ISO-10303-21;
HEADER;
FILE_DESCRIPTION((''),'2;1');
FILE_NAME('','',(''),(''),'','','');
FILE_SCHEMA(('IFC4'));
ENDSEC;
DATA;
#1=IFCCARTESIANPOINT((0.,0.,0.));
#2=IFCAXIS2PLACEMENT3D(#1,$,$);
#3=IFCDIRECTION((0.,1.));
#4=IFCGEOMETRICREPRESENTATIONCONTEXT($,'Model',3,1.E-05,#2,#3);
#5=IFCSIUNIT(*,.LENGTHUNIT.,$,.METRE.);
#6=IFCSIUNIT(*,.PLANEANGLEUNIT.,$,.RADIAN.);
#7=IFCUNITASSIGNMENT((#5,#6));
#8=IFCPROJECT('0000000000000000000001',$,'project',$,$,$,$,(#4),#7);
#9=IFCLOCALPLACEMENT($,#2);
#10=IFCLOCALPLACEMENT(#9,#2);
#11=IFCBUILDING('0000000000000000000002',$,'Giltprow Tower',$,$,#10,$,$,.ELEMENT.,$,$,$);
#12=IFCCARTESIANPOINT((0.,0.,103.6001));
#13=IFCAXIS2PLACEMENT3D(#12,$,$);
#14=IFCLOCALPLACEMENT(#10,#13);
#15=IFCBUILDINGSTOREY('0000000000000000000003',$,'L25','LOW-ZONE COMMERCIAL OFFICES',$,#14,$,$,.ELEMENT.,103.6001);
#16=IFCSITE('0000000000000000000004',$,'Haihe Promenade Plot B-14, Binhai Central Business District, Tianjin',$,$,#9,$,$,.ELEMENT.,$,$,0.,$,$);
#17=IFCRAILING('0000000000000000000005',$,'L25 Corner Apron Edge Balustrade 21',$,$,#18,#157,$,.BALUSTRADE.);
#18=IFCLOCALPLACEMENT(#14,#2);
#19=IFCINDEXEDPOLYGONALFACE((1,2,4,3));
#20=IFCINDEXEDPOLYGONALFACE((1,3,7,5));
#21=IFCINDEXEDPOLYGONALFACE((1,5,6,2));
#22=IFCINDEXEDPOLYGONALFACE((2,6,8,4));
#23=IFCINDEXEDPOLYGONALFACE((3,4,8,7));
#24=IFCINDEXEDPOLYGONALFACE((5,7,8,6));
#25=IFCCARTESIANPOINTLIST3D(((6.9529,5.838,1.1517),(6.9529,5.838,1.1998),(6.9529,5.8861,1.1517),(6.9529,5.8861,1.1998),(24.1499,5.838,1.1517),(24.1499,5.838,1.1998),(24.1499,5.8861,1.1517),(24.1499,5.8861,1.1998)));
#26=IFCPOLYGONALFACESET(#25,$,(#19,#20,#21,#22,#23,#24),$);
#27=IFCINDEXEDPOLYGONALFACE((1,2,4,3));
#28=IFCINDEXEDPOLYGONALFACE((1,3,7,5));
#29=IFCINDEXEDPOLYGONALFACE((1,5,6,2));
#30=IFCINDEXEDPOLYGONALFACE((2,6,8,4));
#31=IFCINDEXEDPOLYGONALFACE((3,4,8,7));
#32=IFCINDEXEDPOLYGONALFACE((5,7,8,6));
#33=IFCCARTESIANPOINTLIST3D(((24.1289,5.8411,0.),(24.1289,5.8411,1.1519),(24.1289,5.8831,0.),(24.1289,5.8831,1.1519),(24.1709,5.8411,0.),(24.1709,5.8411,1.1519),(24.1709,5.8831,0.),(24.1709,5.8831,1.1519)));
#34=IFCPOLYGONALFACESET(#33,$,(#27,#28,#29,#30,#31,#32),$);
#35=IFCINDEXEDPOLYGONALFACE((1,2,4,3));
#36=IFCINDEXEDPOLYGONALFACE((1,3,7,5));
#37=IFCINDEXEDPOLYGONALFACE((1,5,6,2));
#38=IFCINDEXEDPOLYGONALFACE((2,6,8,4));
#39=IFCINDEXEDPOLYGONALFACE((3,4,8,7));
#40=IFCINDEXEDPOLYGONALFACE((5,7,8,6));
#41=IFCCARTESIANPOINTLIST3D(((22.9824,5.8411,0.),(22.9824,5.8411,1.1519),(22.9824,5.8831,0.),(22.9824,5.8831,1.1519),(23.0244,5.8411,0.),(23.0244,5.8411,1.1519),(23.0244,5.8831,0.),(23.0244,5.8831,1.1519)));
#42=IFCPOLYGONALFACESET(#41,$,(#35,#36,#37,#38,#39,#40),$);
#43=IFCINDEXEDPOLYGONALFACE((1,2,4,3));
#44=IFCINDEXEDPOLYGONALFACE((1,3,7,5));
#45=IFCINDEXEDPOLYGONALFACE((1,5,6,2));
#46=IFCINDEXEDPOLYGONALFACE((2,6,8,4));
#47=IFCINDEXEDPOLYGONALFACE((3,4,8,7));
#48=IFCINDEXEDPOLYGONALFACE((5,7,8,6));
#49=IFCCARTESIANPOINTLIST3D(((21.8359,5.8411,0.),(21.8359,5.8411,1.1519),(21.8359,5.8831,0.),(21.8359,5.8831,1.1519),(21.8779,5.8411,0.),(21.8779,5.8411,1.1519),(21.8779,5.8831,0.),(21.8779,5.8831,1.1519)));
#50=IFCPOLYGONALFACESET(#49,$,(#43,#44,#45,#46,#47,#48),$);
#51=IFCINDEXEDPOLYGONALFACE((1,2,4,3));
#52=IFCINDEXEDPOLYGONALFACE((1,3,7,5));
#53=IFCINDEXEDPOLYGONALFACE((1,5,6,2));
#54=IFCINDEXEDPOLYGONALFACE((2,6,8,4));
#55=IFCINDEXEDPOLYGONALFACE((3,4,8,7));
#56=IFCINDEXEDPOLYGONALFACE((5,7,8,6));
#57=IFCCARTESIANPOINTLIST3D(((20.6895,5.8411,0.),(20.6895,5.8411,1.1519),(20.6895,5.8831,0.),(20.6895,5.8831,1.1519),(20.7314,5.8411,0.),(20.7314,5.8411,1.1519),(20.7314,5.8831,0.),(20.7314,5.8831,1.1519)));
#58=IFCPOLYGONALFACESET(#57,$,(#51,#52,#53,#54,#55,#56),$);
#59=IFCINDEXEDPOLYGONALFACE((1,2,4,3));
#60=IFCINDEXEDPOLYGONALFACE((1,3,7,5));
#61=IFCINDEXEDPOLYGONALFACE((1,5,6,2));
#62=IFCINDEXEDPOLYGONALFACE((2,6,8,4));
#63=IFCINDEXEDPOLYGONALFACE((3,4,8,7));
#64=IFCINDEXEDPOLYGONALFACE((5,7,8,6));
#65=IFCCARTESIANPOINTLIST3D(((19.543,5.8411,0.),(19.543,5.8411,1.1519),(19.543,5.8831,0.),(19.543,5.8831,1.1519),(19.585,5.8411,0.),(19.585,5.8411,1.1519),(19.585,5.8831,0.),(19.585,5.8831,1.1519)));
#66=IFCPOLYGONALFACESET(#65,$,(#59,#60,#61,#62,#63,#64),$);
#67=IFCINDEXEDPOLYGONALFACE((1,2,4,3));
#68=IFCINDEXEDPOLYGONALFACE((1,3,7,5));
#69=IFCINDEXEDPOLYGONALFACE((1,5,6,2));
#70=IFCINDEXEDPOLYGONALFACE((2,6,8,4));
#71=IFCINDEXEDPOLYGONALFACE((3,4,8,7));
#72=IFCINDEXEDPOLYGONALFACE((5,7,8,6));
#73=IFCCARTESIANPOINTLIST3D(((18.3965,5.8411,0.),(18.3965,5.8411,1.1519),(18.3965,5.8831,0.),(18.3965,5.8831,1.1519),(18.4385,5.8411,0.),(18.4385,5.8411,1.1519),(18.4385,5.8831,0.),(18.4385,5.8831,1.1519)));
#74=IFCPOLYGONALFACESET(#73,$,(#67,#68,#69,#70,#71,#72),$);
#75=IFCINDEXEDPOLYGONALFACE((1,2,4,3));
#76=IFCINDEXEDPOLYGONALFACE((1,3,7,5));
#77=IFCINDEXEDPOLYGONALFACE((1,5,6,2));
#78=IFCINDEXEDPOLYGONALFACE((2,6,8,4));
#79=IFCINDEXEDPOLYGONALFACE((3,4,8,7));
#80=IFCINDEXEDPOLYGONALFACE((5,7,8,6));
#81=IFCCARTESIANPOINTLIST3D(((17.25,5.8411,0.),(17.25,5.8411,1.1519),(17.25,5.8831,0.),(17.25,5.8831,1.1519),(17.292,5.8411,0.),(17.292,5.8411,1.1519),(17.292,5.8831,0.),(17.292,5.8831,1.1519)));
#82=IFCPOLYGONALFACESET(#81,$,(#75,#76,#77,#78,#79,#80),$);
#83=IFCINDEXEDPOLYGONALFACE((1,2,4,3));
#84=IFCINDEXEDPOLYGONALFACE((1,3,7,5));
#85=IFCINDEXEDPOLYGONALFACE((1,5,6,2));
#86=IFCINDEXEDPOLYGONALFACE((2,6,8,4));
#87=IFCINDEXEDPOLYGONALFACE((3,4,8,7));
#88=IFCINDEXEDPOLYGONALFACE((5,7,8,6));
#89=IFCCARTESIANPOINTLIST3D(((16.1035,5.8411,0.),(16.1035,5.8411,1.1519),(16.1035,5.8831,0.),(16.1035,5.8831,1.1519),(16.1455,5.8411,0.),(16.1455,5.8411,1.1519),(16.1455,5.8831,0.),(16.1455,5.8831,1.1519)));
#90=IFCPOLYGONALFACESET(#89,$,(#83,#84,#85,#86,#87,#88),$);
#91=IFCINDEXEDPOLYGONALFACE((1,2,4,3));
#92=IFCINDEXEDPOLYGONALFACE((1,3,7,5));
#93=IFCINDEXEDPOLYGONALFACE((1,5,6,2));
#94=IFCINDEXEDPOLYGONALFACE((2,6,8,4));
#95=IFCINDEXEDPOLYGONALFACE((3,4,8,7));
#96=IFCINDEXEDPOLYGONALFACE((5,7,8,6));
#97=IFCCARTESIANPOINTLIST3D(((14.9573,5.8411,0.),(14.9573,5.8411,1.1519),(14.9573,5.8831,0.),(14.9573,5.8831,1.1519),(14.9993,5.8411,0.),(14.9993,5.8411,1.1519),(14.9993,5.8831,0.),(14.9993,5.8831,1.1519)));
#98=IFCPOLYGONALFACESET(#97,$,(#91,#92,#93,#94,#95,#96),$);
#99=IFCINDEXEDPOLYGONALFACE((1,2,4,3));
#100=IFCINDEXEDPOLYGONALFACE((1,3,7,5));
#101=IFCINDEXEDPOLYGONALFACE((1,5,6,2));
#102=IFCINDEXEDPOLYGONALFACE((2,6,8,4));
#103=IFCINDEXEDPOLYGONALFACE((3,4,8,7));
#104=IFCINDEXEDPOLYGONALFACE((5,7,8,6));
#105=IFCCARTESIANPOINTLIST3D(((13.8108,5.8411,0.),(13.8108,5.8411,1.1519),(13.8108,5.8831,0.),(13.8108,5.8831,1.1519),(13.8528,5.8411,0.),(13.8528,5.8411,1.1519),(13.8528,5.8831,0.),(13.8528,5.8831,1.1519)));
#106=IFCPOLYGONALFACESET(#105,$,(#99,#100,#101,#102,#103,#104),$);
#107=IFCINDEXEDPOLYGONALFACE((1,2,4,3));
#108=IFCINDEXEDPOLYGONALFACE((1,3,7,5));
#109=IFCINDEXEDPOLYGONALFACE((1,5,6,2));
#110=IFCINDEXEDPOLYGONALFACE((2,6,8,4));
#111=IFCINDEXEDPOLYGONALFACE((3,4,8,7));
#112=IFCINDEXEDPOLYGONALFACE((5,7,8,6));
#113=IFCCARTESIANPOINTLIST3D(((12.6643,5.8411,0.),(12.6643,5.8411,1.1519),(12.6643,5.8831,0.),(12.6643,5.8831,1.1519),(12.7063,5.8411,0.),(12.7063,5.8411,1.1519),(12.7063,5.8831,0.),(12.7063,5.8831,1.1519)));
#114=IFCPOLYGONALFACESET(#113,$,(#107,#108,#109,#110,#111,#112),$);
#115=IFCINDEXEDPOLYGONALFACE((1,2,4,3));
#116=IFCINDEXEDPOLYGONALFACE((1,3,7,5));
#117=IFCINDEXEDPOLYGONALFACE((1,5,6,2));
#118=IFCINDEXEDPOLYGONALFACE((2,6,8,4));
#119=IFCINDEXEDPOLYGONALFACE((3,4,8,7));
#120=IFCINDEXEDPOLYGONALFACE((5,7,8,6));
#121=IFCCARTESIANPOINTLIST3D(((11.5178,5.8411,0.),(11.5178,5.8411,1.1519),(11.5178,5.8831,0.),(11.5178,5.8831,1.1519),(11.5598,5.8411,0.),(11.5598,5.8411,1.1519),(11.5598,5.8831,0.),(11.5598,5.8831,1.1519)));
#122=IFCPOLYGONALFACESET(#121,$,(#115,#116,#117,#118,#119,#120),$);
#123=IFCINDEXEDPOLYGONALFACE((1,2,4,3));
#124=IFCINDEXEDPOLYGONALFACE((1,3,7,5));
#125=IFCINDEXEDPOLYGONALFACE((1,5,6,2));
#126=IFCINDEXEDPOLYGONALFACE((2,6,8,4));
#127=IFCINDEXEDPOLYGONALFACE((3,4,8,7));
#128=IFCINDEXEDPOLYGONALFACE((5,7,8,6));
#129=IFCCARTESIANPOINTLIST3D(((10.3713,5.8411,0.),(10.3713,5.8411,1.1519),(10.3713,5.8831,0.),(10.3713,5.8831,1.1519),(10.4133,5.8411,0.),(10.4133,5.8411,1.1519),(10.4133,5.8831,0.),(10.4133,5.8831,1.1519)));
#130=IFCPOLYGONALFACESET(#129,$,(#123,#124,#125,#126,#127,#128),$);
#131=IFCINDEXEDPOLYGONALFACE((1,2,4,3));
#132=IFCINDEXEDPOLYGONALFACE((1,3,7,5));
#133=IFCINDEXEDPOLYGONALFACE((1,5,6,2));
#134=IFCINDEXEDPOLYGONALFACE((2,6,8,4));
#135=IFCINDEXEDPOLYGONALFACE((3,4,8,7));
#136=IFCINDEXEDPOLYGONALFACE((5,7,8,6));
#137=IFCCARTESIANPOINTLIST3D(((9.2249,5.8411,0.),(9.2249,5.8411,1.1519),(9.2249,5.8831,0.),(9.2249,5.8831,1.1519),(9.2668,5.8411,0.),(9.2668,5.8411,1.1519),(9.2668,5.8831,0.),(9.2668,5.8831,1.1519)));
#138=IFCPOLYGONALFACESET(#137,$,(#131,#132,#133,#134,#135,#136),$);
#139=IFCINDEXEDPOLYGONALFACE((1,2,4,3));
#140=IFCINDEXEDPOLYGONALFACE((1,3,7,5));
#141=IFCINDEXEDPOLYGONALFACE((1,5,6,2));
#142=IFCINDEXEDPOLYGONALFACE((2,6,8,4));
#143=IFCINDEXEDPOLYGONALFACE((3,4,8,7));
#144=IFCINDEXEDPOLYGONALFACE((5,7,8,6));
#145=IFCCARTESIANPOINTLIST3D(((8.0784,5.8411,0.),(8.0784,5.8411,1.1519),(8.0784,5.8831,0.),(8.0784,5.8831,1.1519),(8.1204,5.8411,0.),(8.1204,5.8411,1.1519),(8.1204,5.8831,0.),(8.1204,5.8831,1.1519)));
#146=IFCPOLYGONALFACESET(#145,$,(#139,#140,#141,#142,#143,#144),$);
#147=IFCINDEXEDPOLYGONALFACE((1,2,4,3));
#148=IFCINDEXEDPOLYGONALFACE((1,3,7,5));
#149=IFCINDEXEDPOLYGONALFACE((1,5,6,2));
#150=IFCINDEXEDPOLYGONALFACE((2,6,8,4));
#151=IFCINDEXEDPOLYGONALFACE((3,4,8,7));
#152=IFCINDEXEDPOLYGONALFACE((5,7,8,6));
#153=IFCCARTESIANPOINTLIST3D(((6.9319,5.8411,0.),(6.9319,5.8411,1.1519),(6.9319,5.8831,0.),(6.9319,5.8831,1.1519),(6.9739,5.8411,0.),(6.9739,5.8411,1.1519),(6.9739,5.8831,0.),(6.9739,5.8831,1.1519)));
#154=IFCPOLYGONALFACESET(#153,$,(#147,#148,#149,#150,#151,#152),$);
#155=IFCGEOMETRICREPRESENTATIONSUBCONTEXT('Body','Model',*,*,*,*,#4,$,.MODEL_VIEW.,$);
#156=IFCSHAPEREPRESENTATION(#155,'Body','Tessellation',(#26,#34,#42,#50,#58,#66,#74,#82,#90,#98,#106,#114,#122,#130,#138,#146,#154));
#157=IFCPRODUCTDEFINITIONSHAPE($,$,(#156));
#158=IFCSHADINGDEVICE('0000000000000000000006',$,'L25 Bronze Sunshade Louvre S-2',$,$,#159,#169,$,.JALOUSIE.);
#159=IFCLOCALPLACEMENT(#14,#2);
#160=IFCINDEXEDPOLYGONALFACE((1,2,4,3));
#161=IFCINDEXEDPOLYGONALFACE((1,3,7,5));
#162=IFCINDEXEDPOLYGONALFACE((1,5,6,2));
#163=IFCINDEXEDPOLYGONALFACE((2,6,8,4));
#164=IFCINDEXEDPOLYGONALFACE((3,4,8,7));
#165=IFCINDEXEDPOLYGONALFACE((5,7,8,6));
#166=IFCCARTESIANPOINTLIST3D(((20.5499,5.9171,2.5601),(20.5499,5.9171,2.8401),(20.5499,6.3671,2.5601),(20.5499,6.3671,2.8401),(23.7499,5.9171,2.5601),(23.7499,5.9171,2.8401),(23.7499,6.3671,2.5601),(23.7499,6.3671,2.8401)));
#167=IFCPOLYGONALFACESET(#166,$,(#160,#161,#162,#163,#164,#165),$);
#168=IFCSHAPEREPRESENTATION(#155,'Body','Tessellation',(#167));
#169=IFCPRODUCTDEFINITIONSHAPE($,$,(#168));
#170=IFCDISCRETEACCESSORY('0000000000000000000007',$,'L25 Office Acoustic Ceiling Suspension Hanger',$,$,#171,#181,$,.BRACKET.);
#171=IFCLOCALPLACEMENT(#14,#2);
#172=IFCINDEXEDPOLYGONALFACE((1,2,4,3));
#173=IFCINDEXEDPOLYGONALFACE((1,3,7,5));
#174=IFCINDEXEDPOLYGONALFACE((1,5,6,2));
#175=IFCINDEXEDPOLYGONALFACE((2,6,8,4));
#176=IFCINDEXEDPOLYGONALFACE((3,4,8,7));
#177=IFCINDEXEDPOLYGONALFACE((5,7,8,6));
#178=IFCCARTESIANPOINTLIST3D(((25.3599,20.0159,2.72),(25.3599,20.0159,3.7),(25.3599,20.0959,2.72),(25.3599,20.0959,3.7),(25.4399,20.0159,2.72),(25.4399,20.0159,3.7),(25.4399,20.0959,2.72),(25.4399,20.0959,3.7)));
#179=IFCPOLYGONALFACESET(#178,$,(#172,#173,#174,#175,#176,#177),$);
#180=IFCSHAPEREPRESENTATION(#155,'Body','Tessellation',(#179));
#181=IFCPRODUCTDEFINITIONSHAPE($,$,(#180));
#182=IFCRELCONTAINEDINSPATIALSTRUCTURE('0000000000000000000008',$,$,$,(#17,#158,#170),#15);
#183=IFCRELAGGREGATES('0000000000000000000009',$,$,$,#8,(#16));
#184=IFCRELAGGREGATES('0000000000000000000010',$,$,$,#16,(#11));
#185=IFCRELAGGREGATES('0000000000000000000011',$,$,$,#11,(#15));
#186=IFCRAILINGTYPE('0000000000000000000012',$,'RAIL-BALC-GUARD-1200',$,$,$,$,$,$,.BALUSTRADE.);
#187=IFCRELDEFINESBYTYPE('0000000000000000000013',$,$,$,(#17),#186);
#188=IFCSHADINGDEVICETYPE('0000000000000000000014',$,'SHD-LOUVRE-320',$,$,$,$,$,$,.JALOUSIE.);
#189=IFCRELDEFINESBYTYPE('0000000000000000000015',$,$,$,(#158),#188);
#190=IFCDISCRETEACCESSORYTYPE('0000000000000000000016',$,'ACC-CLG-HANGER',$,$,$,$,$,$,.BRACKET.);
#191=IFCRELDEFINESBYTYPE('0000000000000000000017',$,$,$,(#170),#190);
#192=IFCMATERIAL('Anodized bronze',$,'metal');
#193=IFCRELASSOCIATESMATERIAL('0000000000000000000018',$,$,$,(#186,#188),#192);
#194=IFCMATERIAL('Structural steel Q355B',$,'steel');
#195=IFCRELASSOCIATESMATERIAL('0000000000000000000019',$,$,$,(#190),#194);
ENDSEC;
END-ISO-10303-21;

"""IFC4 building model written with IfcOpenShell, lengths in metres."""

from ifc_helpers import new_model, si_unit, direction, frame, origin, origin_2d, place, context, subcontext, project, spatial, rectangle, extrude, source, transform, mapped, material, type_object, element, save


model = new_model("IFC4")

# Units and contexts
model_context = context("Model", 3, precision=1e-05, world=origin(), true_north=direction((0.0, 1.0)))
body_context = subcontext(model_context, "Body", "Model", "MODEL_VIEW")
ifc_project = project(units=[si_unit("LENGTHUNIT", "METRE"), si_unit("PLANEANGLEUNIT", "RADIAN")], contexts=[model_context])

# Site, building, storey
site_placement = place(None, origin())
site = spatial("IfcSite", under=ifc_project, at=site_placement, Name="Haihe Promenade Plot B-14, Binhai Central Business District, Tianjin", CompositionType="ELEMENT", RefElevation=0.0)
building_placement = place(site_placement, origin())
building = spatial("IfcBuilding", under=site, at=building_placement, Name="Giltprow Tower", CompositionType="ELEMENT")
storey_placement = place(building_placement, frame((0.0, 0.0, 103.6001)))
storey = spatial("IfcBuildingStorey", under=building, at=storey_placement, Name="L25", Description="LOW-ZONE COMMERCIAL OFFICES", CompositionType="ELEMENT", Elevation=103.6001)

# Shared definitions
ifc_material_1 = material(Name="Structural steel Q355B", Category="steel")

# Railing
ifc_material_2 = material(Name="Anodized bronze", Category="metal")
railing_type = type_object("IfcRailingType", Name="RAIL-BALC-GUARD-1200", PredefinedType="BALUSTRADE", material=ifc_material_2)
railing_1_placement = place(storey_placement, frame((24.1499, 5.8621, 0.0)))
element("IfcRailing", 1, at=railing_1_placement, inside=storey, type_object=railing_type, Name="L25 Corner Apron Edge Balustrade 21", PredefinedType="BALUSTRADE", context=body_context, shape_type="SweptSolid", body=[
    extrude(rectangle(XDim=0.0481, YDim=0.0481, at=origin_2d()), frame((0.0, 0.0, 1.1758), z_axis=(-1.0, 0.0, 0.0), x_axis=(0.0, -1.0, 0.0)), (0.0, 0.0, 1.0), 17.197),
    extrude(rectangle(XDim=0.042, YDim=0.042, at=origin_2d()), origin(), (0.0, 0.0, 1.0), 1.1519),
    extrude(rectangle(XDim=0.042, YDim=0.042, at=origin_2d()), frame((-1.1465, 0.0, 0.0)), (0.0, 0.0, 1.0), 1.1519),
    extrude(rectangle(XDim=0.042, YDim=0.042, at=origin_2d()), frame((-2.293, 0.0, 0.0)), (0.0, 0.0, 1.0), 1.1519),
    extrude(rectangle(XDim=0.042, YDim=0.042, at=origin_2d()), frame((-3.4395, 0.0, 0.0)), (0.0, 0.0, 1.0), 1.1519),
    extrude(rectangle(XDim=0.042, YDim=0.042, at=origin_2d()), frame((-4.5859, 0.0, 0.0)), (0.0, 0.0, 1.0), 1.1519),
    extrude(rectangle(XDim=0.042, YDim=0.042, at=origin_2d()), frame((-5.7324, 0.0, 0.0)), (0.0, 0.0, 1.0), 1.1519),
    extrude(rectangle(XDim=0.042, YDim=0.042, at=origin_2d()), frame((-6.8789, 0.0, 0.0)), (0.0, 0.0, 1.0), 1.1519),
    extrude(rectangle(XDim=0.042, YDim=0.042, at=origin_2d()), frame((-8.0254, 0.0, 0.0)), (0.0, 0.0, 1.0), 1.1519),
    extrude(rectangle(XDim=0.042, YDim=0.042, at=origin_2d()), frame((-9.1716, 0.0, 0.0)), (0.0, 0.0, 1.0), 1.1519),
    extrude(rectangle(XDim=0.042, YDim=0.042, at=origin_2d()), frame((-10.3181, 0.0, 0.0)), (0.0, 0.0, 1.0), 1.1519),
    extrude(rectangle(XDim=0.042, YDim=0.042, at=origin_2d()), frame((-11.4646, 0.0, 0.0)), (0.0, 0.0, 1.0), 1.1519),
    extrude(rectangle(XDim=0.042, YDim=0.042, at=origin_2d()), frame((-12.6111, 0.0, 0.0)), (0.0, 0.0, 1.0), 1.1519),
    extrude(rectangle(XDim=0.042, YDim=0.042, at=origin_2d()), frame((-13.7576, 0.0, 0.0)), (0.0, 0.0, 1.0), 1.1519),
    extrude(rectangle(XDim=0.042, YDim=0.042, at=origin_2d()), frame((-14.9041, 0.0, 0.0)), (0.0, 0.0, 1.0), 1.1519),
    extrude(rectangle(XDim=0.042, YDim=0.042, at=origin_2d()), frame((-16.0505, 0.0, 0.0)), (0.0, 0.0, 1.0), 1.1519),
    extrude(rectangle(XDim=0.042, YDim=0.042, at=origin_2d()), frame((-17.197, 0.0, 0.0)), (0.0, 0.0, 1.0), 1.1519),
])

# Shading device
shading_device_type = type_object("IfcShadingDeviceType", Name="SHD-LOUVRE-320", PredefinedType="JALOUSIE", material=ifc_material_2)
shared_shape_1 = source(origin(), body_context, "Body", "SweptSolid", [
    extrude(rectangle(XDim=3.2, YDim=0.45, at=origin_2d()), origin(), (0.0, 0.0, 1.0), 0.28),
])
shading_device_placement = place(storey_placement, frame((22.1499, 6.1421, 2.5601), z_axis=(0.0, 0.0, 1.0), x_axis=(1.0, 0.0, 0.0)))
element("IfcShadingDevice", 2, at=shading_device_placement, inside=storey, type_object=shading_device_type, Name="L25 Bronze Sunshade Louvre S-2", PredefinedType="JALOUSIE", context=body_context, shape_type="MappedRepresentation", body=[
    mapped(shared_shape_1, transform((0.0, 0.0, 0.0), x_axis=(1.0, 0.0, 0.0), y_axis=(0.0, 1.0, 0.0), z_axis=(0.0, 0.0, 1.0), scale=1.0)),
])

# Discrete accessory
discrete_accessory_type = type_object("IfcDiscreteAccessoryType", Name="ACC-CLG-HANGER", PredefinedType="BRACKET", material=ifc_material_1)
shared_shape_2 = source(origin(), body_context, "Body", "SweptSolid", [
    extrude(rectangle(XDim=0.0801, YDim=0.0801, at=origin_2d()), origin(), (0.0, 0.0, 1.0), 0.98),
])
discrete_accessory_placement = place(storey_placement, frame((25.3999, 20.0559, 2.72), z_axis=(0.0, 0.0, 1.0), x_axis=(1.0, 0.0, 0.0)))
element("IfcDiscreteAccessory", 3, at=discrete_accessory_placement, inside=storey, type_object=discrete_accessory_type, Name="L25 Office Acoustic Ceiling Suspension Hanger", PredefinedType="BRACKET", context=body_context, shape_type="MappedRepresentation", body=[
    mapped(shared_shape_2, transform((0.0, 0.0, 0.0), x_axis=(1.0, 0.0, 0.0), y_axis=(0.0, 1.0, 0.0), z_axis=(0.0, 0.0, 1.0), scale=1.0)),
])

save(model, "model.ifc")
